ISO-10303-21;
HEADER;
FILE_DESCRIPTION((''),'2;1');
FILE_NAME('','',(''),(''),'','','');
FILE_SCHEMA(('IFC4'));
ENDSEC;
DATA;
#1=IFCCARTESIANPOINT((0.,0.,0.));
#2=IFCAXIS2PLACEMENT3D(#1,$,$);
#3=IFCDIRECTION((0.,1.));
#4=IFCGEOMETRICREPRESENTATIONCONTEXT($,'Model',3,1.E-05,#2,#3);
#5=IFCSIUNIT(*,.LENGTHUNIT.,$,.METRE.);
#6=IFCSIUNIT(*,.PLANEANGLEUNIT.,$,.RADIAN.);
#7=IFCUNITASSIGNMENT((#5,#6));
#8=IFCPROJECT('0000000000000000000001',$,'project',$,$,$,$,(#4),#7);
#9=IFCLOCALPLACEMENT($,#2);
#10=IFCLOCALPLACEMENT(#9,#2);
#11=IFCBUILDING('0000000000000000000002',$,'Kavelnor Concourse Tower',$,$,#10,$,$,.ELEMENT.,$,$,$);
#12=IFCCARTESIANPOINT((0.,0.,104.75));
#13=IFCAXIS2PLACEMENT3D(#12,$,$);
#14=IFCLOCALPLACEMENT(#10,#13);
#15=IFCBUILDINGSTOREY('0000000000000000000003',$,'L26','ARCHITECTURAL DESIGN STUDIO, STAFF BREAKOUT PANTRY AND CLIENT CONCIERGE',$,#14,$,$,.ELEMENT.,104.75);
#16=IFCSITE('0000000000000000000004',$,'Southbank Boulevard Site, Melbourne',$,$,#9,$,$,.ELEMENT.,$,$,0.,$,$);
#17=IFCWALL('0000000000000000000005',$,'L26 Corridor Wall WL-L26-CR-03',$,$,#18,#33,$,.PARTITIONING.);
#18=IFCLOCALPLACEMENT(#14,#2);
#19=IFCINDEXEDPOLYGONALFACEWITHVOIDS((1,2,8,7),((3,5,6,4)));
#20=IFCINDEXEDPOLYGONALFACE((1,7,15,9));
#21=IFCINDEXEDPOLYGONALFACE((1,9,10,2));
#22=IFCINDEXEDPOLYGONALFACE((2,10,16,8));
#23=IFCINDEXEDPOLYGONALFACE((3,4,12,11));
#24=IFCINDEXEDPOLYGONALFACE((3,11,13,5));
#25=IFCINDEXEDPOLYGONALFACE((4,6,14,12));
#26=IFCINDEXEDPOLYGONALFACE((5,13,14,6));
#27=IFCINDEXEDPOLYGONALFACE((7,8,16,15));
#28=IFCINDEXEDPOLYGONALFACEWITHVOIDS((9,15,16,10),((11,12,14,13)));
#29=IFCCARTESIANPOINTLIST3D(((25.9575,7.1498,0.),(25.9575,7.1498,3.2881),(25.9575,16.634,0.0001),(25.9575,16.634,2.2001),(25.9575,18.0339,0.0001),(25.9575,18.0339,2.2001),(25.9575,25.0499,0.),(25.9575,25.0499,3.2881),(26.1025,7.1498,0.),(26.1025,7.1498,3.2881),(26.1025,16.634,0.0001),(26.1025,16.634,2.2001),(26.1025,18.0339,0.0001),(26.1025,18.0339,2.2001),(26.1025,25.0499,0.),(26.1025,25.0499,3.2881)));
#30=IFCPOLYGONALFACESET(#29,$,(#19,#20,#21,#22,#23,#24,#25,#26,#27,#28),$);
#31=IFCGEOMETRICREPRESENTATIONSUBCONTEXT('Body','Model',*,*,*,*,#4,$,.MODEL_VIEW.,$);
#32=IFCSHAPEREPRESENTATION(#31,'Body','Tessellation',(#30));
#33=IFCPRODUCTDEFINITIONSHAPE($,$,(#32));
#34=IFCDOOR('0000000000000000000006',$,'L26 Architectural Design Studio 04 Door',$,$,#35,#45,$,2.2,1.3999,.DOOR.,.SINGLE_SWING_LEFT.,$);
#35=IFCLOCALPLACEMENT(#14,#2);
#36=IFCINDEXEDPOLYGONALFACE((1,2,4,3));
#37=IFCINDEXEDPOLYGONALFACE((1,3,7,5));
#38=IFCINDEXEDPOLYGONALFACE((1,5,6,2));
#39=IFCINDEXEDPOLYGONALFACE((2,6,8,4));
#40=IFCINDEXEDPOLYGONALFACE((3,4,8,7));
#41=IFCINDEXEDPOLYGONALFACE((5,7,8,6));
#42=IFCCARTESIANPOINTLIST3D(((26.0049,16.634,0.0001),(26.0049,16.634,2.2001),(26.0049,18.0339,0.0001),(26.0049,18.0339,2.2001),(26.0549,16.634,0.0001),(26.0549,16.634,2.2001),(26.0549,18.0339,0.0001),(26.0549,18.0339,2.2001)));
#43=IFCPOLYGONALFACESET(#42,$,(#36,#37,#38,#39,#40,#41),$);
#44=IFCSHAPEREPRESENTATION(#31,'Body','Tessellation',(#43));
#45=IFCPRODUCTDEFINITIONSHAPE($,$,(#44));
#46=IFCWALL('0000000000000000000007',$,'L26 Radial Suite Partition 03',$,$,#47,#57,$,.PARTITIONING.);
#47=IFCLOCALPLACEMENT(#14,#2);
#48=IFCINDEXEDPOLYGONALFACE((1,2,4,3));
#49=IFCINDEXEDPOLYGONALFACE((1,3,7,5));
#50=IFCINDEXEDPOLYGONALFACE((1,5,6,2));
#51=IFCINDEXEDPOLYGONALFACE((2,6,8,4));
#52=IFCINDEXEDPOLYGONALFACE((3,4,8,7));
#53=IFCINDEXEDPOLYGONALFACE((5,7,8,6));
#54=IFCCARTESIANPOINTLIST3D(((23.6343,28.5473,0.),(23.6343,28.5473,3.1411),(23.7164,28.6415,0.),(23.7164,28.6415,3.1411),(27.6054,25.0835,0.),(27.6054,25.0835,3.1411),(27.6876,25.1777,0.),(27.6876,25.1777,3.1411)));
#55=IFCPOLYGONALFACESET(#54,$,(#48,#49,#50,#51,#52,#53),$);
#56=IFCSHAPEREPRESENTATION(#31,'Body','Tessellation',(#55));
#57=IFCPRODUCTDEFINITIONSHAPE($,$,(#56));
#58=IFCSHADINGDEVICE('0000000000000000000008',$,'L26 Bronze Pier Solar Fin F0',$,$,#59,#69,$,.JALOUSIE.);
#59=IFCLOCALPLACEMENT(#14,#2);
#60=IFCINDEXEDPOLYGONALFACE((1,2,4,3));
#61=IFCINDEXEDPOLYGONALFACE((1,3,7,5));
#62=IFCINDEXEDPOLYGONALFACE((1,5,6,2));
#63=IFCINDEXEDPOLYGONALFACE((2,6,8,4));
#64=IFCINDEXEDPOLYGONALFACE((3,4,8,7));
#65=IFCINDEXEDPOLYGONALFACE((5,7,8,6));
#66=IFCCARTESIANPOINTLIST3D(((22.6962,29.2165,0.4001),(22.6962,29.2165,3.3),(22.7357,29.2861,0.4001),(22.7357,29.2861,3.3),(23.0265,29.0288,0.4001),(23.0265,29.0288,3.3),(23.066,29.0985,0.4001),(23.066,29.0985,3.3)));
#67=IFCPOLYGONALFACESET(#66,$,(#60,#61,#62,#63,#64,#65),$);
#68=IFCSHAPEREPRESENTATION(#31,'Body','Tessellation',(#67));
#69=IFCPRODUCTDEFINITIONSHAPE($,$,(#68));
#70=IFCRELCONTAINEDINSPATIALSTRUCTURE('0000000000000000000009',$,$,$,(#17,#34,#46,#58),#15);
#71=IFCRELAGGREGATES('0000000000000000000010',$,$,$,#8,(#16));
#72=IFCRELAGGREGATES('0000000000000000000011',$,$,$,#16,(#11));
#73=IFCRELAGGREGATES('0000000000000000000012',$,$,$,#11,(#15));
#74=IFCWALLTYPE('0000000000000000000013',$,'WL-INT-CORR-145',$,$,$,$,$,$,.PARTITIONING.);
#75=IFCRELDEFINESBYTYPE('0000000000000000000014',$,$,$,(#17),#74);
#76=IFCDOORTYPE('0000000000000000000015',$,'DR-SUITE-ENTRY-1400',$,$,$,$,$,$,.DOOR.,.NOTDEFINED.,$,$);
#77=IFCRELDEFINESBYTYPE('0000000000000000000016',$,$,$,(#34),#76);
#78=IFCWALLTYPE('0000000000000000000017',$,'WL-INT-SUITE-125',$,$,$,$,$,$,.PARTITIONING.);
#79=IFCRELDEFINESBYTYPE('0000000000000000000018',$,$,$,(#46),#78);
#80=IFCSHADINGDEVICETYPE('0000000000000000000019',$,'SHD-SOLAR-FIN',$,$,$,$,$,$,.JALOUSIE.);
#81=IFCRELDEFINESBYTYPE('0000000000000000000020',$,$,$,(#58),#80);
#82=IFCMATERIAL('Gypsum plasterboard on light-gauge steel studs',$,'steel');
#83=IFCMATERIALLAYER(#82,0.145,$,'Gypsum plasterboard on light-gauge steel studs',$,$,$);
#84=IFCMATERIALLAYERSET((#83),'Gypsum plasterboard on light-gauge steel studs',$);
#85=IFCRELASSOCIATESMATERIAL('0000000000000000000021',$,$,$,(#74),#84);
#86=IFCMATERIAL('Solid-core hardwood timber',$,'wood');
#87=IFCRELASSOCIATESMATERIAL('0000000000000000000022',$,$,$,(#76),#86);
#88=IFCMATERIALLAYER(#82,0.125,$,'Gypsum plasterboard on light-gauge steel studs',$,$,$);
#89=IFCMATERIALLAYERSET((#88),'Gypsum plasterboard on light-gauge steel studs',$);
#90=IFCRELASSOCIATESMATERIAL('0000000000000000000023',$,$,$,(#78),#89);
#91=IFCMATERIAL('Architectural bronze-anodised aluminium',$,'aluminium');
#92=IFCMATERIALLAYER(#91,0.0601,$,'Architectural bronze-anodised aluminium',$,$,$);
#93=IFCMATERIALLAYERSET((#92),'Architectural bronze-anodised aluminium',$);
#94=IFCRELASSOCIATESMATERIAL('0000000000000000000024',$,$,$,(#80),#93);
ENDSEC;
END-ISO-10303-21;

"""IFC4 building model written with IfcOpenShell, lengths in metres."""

from ifc_helpers import new_model, si_unit, direction, frame, frame_2d, origin, origin_2d, place, context, subcontext, project, spatial, rectangle, extrude, material, layer, layer_set, type_object, element, fill, save


model = new_model("IFC4")

# Units and contexts
model_context = context("Model", 3, precision=1e-05, world=origin(), true_north=direction((0.0, 1.0)))
body_context = subcontext(model_context, "Body", "Model", "MODEL_VIEW")
ifc_project = project(units=[si_unit("LENGTHUNIT", "METRE"), si_unit("PLANEANGLEUNIT", "RADIAN")], contexts=[model_context])

# Site, building, storey
site_placement = place(None, origin())
site = spatial("IfcSite", under=ifc_project, at=site_placement, Name="Southbank Boulevard Site, Melbourne", CompositionType="ELEMENT", RefElevation=0.0)
building_placement = place(site_placement, origin())
building = spatial("IfcBuilding", under=site, at=building_placement, Name="Kavelnor Concourse Tower", CompositionType="ELEMENT")
storey_placement = place(building_placement, frame((0.0, 0.0, 104.75)))
storey = spatial("IfcBuildingStorey", under=building, at=storey_placement, Name="L26", Description="ARCHITECTURAL DESIGN STUDIO, STAFF BREAKOUT PANTRY AND CLIENT CONCIERGE", CompositionType="ELEMENT", Elevation=104.75)

# Wall, opening, door
ifc_material_1 = material(Name="Gypsum plasterboard on light-gauge steel studs", Category="steel")
ifc_layer_1 = layer(ifc_material_1, 0.145, Name="Gypsum plasterboard on light-gauge steel studs")
ifc_layer_set_1 = layer_set([ifc_layer_1], Name="Gypsum plasterboard on light-gauge steel studs")
wall_type_1 = type_object("IfcWallType", Name="WL-INT-CORR-145", PredefinedType="PARTITIONING", material=ifc_layer_set_1)
wall_1_placement = place(storey_placement, frame((26.03, 25.05, 0.0), z_axis=(0.0, 0.0, 1.0), x_axis=(0.0, -1.0, 0.0)))
wall_1 = element("IfcWall", 1, at=wall_1_placement, inside=storey, type_object=wall_type_1, Name="L26 Corridor Wall WL-L26-CR-03", PredefinedType="PARTITIONING", context=body_context, shape_type="SweptSolid", body=[
    extrude(rectangle(XDim=17.9001, YDim=0.145, at=frame_2d((8.9502, 0.0))), origin(), (0.0, 0.0, 1.0), 3.2881),
])
opening_1_placement = place(wall_1_placement, frame((7.0161, 0.0, 0.0)))
opening_1 = element("IfcOpeningElement", 2, at=opening_1_placement, cuts=wall_1, PredefinedType="OPENING", context=body_context, shape_type="SweptSolid", body=[
    extrude(rectangle(XDim=1.3999, YDim=2.2, at=frame_2d((0.7, 1.1001))), frame((0.0, 0.0825, 0.0), z_axis=(0.0, -1.0, 0.0), x_axis=(1.0, 0.0, 0.0)), (0.0, 0.0, 1.0), 0.165),
])
ifc_material_2 = material(Name="Solid-core hardwood timber", Category="wood")
door_type = type_object("IfcDoorType", Name="DR-SUITE-ENTRY-1400", OperationType="NOTDEFINED", PredefinedType="DOOR", material=ifc_material_2)
door_placement = place(opening_1_placement, origin())
door = element("IfcDoor", 3, at=door_placement, inside=storey, type_object=door_type, Name="L26 Architectural Design Studio 04 Door", OperationType="SINGLE_SWING_LEFT", OverallHeight=2.2, OverallWidth=1.3999, PredefinedType="DOOR", context=body_context, shape_type="SweptSolid", body=[
    extrude(rectangle(XDim=1.3999, YDim=2.2, at=frame_2d((0.7, 1.1001))), frame((0.0, 0.0249, 0.0), z_axis=(0.0, -1.0, 0.0), x_axis=(1.0, 0.0, 0.0)), (0.0, 0.0, 1.0), 0.05),
])
fill(opening_1, door)

# Wall
ifc_layer_2 = layer(ifc_material_1, 0.125, Name="Gypsum plasterboard on light-gauge steel studs")
ifc_layer_set_2 = layer_set([ifc_layer_2], Name="Gypsum plasterboard on light-gauge steel studs")
wall_type_2 = type_object("IfcWallType", Name="WL-INT-SUITE-125", PredefinedType="PARTITIONING", material=ifc_layer_set_2)
wall_2_placement = place(storey_placement, frame((27.6465, 25.1306, 0.0), z_axis=(0.0, 0.0, 1.0), x_axis=(-0.753603, 0.65733, 0.0)))
element("IfcWall", 4, at=wall_2_placement, inside=storey, type_object=wall_type_2, Name="L26 Radial Suite Partition 03", PredefinedType="PARTITIONING", context=body_context, shape_type="SweptSolid", body=[
    extrude(rectangle(XDim=5.2695, YDim=0.125, at=frame_2d((2.6348, 0.0))), origin(), (0.0, 0.0, 1.0), 3.1411),
])

# Shading device
ifc_material_3 = material(Name="Architectural bronze-anodised aluminium", Category="aluminium")
ifc_layer_3 = layer(ifc_material_3, 0.0601, Name="Architectural bronze-anodised aluminium")
ifc_layer_set_3 = layer_set([ifc_layer_3], Name="Architectural bronze-anodised aluminium")
shading_device_type = type_object("IfcShadingDeviceType", Name="SHD-SOLAR-FIN", PredefinedType="JALOUSIE", material=ifc_layer_set_3)
shading_device_placement = place(storey_placement, frame((22.8811, 29.1575, 0.4001), z_axis=(0.0, 0.0, 1.0), x_axis=(-0.869495, 0.493942, 0.0)))
element("IfcShadingDevice", 5, at=shading_device_placement, inside=storey, type_object=shading_device_type, Name="L26 Bronze Pier Solar Fin F0", PredefinedType="JALOUSIE", context=body_context, shape_type="SweptSolid", body=[
    extrude(rectangle(XDim=0.3799, YDim=0.0801, at=origin_2d()), origin(), (0.0, 0.0, 1.0), 2.8999),
])

save(model, "model.ifc")
